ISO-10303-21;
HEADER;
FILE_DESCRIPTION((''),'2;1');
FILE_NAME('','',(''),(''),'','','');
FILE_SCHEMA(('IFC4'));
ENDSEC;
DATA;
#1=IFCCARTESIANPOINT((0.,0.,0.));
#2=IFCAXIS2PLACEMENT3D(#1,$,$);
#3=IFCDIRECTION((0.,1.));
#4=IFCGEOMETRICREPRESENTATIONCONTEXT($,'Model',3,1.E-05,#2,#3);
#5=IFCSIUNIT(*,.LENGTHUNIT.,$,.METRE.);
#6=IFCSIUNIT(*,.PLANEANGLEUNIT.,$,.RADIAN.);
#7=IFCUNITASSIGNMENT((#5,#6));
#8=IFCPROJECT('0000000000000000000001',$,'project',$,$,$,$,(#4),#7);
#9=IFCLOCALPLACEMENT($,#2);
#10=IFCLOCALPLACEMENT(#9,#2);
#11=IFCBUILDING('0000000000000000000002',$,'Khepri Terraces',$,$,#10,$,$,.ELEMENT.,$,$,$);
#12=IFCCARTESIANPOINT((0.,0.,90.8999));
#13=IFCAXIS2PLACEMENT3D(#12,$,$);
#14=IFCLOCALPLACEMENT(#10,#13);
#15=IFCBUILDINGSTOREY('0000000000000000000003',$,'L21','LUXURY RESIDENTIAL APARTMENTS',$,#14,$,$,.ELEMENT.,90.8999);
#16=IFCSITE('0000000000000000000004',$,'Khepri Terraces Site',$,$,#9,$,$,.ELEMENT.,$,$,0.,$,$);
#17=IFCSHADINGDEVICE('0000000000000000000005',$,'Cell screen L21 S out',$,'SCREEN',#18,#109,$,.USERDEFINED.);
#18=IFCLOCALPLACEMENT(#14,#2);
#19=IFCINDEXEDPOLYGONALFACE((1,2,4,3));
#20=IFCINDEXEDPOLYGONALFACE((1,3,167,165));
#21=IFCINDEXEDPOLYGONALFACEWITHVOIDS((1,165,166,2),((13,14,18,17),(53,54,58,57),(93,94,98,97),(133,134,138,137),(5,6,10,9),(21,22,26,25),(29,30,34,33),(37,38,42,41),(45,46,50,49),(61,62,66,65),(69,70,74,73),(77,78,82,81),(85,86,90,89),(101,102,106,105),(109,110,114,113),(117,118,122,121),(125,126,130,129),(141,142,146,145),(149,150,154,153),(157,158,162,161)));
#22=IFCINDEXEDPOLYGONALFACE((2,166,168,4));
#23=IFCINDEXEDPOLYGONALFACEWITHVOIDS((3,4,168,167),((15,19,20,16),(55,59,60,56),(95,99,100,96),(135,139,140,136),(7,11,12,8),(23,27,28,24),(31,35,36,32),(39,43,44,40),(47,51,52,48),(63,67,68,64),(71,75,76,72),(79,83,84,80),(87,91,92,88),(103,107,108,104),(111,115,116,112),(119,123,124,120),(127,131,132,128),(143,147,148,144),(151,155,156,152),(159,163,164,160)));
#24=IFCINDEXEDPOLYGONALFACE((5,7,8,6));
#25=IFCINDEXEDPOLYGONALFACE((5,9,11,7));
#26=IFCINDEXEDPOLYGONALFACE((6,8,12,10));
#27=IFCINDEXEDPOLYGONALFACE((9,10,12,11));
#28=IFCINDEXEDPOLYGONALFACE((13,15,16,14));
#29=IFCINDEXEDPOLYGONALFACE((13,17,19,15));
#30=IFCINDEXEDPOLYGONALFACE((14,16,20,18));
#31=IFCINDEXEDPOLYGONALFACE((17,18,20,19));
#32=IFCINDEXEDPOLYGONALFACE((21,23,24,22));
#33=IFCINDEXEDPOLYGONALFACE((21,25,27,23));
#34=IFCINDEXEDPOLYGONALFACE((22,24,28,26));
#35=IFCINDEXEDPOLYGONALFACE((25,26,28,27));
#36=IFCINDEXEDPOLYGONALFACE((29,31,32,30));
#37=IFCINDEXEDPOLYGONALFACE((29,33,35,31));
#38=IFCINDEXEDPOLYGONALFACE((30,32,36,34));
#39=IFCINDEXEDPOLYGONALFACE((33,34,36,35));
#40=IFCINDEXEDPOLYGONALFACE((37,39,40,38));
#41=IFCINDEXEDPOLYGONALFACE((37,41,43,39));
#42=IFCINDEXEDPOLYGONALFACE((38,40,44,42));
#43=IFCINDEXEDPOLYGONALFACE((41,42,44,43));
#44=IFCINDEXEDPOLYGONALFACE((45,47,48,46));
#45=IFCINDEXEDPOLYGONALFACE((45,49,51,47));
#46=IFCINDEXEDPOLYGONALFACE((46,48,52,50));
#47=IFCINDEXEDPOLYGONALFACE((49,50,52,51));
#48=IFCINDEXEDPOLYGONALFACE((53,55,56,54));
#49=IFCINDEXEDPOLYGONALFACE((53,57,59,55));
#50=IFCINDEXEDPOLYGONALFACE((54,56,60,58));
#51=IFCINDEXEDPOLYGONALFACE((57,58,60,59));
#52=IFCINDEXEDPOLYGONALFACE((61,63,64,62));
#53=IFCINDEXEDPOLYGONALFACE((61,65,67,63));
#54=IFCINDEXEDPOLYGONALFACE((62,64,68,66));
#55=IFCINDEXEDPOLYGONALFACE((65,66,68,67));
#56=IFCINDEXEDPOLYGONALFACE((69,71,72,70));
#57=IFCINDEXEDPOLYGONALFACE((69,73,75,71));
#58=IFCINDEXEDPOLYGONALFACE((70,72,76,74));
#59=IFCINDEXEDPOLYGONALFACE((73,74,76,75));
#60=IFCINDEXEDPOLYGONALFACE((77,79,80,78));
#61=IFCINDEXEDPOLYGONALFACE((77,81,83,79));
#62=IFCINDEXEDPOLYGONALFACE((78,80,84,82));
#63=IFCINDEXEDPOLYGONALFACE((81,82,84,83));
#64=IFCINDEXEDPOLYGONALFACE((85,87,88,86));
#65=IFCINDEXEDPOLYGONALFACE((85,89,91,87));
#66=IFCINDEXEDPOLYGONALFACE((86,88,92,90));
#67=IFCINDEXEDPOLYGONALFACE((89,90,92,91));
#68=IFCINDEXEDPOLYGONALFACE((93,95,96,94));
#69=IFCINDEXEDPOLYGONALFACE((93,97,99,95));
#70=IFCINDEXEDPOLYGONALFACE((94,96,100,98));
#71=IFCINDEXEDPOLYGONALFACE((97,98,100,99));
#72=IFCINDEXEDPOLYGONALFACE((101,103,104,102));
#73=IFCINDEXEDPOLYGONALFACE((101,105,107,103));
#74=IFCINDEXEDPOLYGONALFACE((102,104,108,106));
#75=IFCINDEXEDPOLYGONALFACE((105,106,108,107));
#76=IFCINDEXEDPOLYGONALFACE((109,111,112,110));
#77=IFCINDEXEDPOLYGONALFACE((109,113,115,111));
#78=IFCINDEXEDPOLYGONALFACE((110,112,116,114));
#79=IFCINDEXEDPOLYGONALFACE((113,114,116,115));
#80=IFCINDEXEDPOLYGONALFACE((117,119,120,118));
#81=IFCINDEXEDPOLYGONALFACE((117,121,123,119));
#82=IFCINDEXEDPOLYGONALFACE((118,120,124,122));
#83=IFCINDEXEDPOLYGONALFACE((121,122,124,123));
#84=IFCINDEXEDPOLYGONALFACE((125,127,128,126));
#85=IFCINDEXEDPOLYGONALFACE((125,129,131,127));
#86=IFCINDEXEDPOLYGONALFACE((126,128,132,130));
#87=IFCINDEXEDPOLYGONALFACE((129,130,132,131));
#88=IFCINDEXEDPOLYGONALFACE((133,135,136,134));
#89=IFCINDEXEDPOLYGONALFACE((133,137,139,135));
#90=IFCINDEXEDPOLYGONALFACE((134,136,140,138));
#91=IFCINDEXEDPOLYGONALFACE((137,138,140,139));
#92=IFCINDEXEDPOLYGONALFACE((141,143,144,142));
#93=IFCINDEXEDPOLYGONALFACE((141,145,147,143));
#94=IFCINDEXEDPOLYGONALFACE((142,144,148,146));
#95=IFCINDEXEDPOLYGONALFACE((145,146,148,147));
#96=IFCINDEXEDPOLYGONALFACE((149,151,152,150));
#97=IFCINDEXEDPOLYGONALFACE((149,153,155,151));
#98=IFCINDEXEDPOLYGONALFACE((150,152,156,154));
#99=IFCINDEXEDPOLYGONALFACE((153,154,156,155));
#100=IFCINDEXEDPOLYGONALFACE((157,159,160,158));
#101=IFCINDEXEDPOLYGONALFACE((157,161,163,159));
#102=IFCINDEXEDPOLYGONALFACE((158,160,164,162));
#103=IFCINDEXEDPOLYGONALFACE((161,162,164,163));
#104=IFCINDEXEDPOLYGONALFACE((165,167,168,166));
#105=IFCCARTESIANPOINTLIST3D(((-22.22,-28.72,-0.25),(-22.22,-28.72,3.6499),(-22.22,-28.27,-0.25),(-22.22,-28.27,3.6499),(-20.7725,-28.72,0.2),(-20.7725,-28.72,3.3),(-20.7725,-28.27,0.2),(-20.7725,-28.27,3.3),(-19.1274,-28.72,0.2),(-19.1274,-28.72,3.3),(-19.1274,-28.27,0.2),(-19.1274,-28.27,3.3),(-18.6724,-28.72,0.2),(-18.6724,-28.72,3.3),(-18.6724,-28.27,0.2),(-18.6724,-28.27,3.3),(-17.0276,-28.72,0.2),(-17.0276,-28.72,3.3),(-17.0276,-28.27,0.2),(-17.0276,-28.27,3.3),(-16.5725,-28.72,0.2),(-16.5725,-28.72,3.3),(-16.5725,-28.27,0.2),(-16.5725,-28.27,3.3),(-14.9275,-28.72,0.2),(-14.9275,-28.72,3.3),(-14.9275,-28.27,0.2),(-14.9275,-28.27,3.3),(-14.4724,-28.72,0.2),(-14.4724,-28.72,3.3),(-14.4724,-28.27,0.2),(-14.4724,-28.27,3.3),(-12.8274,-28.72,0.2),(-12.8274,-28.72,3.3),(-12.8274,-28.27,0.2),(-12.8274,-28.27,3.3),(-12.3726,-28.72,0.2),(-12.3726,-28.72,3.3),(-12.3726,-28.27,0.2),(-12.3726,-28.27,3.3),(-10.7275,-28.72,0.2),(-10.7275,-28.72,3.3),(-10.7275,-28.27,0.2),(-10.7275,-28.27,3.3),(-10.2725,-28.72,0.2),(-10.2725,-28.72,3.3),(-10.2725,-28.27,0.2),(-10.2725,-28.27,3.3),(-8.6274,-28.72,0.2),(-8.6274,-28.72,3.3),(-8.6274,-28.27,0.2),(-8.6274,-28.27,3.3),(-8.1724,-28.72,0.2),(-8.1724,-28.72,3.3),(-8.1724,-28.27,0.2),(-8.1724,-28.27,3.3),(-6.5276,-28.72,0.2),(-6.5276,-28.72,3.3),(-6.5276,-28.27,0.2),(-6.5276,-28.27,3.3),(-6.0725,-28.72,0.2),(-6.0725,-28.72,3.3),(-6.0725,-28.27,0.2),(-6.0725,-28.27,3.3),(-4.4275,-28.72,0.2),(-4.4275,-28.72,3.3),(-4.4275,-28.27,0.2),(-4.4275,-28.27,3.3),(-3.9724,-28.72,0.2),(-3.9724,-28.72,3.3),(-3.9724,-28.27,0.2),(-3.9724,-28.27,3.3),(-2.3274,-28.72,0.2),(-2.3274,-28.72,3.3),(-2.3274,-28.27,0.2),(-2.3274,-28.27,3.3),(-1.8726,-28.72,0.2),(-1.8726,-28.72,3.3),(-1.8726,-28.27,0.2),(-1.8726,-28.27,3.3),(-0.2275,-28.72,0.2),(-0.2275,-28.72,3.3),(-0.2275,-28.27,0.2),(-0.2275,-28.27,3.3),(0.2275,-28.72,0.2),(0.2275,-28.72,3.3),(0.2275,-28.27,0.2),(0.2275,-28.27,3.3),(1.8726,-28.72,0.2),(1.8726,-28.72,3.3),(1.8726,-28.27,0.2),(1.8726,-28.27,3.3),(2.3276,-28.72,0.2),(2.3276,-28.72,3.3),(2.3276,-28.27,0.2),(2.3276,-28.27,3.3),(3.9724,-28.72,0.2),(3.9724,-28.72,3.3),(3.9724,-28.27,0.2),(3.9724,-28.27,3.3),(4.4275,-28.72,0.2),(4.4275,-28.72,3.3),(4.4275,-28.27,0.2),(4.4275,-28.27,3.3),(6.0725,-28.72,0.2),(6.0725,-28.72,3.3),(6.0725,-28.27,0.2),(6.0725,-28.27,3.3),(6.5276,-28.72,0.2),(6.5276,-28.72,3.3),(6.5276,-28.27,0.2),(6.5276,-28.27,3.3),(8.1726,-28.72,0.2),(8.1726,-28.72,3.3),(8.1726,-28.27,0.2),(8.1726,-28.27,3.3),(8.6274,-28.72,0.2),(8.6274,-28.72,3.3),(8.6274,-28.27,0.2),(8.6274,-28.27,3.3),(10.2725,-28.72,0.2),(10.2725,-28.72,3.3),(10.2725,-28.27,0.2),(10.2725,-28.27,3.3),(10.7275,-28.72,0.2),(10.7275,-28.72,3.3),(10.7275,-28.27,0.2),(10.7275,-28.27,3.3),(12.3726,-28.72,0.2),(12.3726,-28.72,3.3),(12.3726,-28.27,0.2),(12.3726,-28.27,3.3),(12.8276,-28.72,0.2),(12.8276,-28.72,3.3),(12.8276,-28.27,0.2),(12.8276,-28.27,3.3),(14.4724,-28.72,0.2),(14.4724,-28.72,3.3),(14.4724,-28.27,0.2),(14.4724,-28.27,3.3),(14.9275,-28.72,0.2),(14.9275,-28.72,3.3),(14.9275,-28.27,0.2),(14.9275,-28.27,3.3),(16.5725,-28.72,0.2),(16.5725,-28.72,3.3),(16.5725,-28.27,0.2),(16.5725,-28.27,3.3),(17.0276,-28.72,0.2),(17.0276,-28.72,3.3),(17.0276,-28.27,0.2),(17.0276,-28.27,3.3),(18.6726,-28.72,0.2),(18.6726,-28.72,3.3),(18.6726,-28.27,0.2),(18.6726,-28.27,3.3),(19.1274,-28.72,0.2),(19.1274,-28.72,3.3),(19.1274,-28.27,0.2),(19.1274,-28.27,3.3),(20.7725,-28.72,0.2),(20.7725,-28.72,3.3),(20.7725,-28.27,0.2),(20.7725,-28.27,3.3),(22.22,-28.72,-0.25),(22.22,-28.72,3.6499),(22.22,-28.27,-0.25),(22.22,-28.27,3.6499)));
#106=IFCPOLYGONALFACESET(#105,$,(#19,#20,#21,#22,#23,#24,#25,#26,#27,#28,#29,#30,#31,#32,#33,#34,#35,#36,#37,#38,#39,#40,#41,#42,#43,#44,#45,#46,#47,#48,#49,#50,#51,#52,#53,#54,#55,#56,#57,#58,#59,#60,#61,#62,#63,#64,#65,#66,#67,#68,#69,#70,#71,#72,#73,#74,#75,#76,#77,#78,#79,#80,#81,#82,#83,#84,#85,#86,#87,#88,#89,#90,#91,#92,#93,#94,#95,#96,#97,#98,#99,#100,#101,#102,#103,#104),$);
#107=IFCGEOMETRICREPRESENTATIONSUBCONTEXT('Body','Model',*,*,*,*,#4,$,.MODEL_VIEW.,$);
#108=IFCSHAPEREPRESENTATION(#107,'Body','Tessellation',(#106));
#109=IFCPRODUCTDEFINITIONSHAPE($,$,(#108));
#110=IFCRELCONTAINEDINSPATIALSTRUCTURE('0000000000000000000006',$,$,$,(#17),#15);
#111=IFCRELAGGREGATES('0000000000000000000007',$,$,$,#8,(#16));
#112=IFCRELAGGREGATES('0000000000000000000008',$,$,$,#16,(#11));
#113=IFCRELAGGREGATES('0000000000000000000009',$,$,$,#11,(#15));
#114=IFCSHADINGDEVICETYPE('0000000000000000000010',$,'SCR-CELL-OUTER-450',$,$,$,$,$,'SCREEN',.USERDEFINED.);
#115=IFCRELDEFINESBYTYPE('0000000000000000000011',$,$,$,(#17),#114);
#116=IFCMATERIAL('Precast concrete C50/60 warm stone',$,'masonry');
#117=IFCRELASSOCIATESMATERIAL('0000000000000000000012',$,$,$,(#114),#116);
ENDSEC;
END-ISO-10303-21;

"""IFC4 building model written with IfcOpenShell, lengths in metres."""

from ifc_helpers import new_model, si_unit, direction, frame, origin, place, context, subcontext, project, spatial, polyline, outline, extrude, material, type_object, element, save


model = new_model("IFC4")

# Units and contexts
model_context = context("Model", 3, precision=1e-05, world=origin(), true_north=direction((0.0, 1.0)))
body_context = subcontext(model_context, "Body", "Model", "MODEL_VIEW")
ifc_project = project(units=[si_unit("LENGTHUNIT", "METRE"), si_unit("PLANEANGLEUNIT", "RADIAN")], contexts=[model_context])

# Site, building, storey
site_placement = place(None, origin())
site = spatial("IfcSite", under=ifc_project, at=site_placement, Name="Khepri Terraces Site", CompositionType="ELEMENT", RefElevation=0.0)
building_placement = place(site_placement, origin())
building = spatial("IfcBuilding", under=site, at=building_placement, Name="Khepri Terraces", CompositionType="ELEMENT")
storey_placement = place(building_placement, frame((0.0, 0.0, 90.8999)))
storey = spatial("IfcBuildingStorey", under=building, at=storey_placement, Name="L21", Description="LUXURY RESIDENTIAL APARTMENTS", CompositionType="ELEMENT", Elevation=90.8999)

# Shared definitions
ifc_material_1 = material(Name="Precast concrete C50/60 warm stone", Category="masonry")

# Shading device
shading_device_type_1 = type_object("IfcShadingDeviceType", Name="SCR-CELL-OUTER-450", ElementType="SCREEN", PredefinedType="USERDEFINED", material=ifc_material_1)
shading_device_1_placement = place(storey_placement, frame((-22.22, -28.27, -0.25), z_axis=(0.0, -1.0, 0.0), x_axis=(1.0, 0.0, 0.0)))
element("IfcShadingDevice", 1, at=shading_device_1_placement, inside=storey, type_object=shading_device_type_1, Name="Cell screen L21 S out", ObjectType="SCREEN", PredefinedType="USERDEFINED", context=body_context, shape_type="SweptSolid", body=[
    extrude(outline(polyline([(0.0, 0.0), (44.4399, 0.0), (44.4399, 3.8999), (0.0, 3.8999), (0.0, 0.0)]), holes=[polyline([(1.4475, 0.45), (3.0925, 0.45), (3.0925, 3.55), (1.4475, 3.55), (1.4475, 0.45)]), polyline([(3.5476, 0.45), (5.1924, 0.45), (5.1924, 3.55), (3.5476, 3.55), (3.5476, 0.45)]), polyline([(5.6475, 0.45), (7.2925, 0.45), (7.2925, 3.55), (5.6475, 3.55), (5.6475, 0.45)]), polyline([(7.7476, 0.45), (9.3926, 0.45), (9.3926, 3.55), (7.7476, 3.55), (7.7476, 0.45)]), polyline([(9.8474, 0.45), (11.4924, 0.45), (11.4924, 3.55), (9.8474, 3.55), (9.8474, 0.45)]), polyline([(11.9475, 0.45), (13.5925, 0.45), (13.5925, 3.55), (11.9475, 3.55), (11.9475, 0.45)]), polyline([(14.0476, 0.45), (15.6924, 0.45), (15.6924, 3.55), (14.0476, 3.55), (14.0476, 0.45)]), polyline([(16.1475, 0.45), (17.7925, 0.45), (17.7925, 3.55), (16.1475, 3.55), (16.1475, 0.45)]), polyline([(18.2476, 0.45), (19.8926, 0.45), (19.8926, 3.55), (18.2476, 3.55), (18.2476, 0.45)]), polyline([(20.3474, 0.45), (21.9924, 0.45), (21.9924, 3.55), (20.3474, 3.55), (20.3474, 0.45)]), polyline([(22.4475, 0.45), (24.0925, 0.45), (24.0925, 3.55), (22.4475, 3.55), (22.4475, 0.45)]), polyline([(24.5476, 0.45), (26.1924, 0.45), (26.1924, 3.55), (24.5476, 3.55), (24.5476, 0.45)]), polyline([(26.6475, 0.45), (28.2925, 0.45), (28.2925, 3.55), (26.6475, 3.55), (26.6475, 0.45)]), polyline([(28.7476, 0.45), (30.3926, 0.45), (30.3926, 3.55), (28.7476, 3.55), (28.7476, 0.45)]), polyline([(30.8474, 0.45), (32.4924, 0.45), (32.4924, 3.55), (30.8474, 3.55), (30.8474, 0.45)]), polyline([(32.9475, 0.45), (34.5925, 0.45), (34.5925, 3.55), (32.9475, 3.55), (32.9475, 0.45)]), polyline([(35.0476, 0.45), (36.6924, 0.45), (36.6924, 3.55), (35.0476, 3.55), (35.0476, 0.45)]), polyline([(37.1475, 0.45), (38.7925, 0.45), (38.7925, 3.55), (37.1475, 3.55), (37.1475, 0.45)]), polyline([(39.2476, 0.45), (40.8926, 0.45), (40.8926, 3.55), (39.2476, 3.55), (39.2476, 0.45)]), polyline([(41.3474, 0.45), (42.9924, 0.45), (42.9924, 3.55), (41.3474, 3.55), (41.3474, 0.45)])]), origin(), (0.0, 0.0, 1.0), 0.45),
])

save(model, "model.ifc")
